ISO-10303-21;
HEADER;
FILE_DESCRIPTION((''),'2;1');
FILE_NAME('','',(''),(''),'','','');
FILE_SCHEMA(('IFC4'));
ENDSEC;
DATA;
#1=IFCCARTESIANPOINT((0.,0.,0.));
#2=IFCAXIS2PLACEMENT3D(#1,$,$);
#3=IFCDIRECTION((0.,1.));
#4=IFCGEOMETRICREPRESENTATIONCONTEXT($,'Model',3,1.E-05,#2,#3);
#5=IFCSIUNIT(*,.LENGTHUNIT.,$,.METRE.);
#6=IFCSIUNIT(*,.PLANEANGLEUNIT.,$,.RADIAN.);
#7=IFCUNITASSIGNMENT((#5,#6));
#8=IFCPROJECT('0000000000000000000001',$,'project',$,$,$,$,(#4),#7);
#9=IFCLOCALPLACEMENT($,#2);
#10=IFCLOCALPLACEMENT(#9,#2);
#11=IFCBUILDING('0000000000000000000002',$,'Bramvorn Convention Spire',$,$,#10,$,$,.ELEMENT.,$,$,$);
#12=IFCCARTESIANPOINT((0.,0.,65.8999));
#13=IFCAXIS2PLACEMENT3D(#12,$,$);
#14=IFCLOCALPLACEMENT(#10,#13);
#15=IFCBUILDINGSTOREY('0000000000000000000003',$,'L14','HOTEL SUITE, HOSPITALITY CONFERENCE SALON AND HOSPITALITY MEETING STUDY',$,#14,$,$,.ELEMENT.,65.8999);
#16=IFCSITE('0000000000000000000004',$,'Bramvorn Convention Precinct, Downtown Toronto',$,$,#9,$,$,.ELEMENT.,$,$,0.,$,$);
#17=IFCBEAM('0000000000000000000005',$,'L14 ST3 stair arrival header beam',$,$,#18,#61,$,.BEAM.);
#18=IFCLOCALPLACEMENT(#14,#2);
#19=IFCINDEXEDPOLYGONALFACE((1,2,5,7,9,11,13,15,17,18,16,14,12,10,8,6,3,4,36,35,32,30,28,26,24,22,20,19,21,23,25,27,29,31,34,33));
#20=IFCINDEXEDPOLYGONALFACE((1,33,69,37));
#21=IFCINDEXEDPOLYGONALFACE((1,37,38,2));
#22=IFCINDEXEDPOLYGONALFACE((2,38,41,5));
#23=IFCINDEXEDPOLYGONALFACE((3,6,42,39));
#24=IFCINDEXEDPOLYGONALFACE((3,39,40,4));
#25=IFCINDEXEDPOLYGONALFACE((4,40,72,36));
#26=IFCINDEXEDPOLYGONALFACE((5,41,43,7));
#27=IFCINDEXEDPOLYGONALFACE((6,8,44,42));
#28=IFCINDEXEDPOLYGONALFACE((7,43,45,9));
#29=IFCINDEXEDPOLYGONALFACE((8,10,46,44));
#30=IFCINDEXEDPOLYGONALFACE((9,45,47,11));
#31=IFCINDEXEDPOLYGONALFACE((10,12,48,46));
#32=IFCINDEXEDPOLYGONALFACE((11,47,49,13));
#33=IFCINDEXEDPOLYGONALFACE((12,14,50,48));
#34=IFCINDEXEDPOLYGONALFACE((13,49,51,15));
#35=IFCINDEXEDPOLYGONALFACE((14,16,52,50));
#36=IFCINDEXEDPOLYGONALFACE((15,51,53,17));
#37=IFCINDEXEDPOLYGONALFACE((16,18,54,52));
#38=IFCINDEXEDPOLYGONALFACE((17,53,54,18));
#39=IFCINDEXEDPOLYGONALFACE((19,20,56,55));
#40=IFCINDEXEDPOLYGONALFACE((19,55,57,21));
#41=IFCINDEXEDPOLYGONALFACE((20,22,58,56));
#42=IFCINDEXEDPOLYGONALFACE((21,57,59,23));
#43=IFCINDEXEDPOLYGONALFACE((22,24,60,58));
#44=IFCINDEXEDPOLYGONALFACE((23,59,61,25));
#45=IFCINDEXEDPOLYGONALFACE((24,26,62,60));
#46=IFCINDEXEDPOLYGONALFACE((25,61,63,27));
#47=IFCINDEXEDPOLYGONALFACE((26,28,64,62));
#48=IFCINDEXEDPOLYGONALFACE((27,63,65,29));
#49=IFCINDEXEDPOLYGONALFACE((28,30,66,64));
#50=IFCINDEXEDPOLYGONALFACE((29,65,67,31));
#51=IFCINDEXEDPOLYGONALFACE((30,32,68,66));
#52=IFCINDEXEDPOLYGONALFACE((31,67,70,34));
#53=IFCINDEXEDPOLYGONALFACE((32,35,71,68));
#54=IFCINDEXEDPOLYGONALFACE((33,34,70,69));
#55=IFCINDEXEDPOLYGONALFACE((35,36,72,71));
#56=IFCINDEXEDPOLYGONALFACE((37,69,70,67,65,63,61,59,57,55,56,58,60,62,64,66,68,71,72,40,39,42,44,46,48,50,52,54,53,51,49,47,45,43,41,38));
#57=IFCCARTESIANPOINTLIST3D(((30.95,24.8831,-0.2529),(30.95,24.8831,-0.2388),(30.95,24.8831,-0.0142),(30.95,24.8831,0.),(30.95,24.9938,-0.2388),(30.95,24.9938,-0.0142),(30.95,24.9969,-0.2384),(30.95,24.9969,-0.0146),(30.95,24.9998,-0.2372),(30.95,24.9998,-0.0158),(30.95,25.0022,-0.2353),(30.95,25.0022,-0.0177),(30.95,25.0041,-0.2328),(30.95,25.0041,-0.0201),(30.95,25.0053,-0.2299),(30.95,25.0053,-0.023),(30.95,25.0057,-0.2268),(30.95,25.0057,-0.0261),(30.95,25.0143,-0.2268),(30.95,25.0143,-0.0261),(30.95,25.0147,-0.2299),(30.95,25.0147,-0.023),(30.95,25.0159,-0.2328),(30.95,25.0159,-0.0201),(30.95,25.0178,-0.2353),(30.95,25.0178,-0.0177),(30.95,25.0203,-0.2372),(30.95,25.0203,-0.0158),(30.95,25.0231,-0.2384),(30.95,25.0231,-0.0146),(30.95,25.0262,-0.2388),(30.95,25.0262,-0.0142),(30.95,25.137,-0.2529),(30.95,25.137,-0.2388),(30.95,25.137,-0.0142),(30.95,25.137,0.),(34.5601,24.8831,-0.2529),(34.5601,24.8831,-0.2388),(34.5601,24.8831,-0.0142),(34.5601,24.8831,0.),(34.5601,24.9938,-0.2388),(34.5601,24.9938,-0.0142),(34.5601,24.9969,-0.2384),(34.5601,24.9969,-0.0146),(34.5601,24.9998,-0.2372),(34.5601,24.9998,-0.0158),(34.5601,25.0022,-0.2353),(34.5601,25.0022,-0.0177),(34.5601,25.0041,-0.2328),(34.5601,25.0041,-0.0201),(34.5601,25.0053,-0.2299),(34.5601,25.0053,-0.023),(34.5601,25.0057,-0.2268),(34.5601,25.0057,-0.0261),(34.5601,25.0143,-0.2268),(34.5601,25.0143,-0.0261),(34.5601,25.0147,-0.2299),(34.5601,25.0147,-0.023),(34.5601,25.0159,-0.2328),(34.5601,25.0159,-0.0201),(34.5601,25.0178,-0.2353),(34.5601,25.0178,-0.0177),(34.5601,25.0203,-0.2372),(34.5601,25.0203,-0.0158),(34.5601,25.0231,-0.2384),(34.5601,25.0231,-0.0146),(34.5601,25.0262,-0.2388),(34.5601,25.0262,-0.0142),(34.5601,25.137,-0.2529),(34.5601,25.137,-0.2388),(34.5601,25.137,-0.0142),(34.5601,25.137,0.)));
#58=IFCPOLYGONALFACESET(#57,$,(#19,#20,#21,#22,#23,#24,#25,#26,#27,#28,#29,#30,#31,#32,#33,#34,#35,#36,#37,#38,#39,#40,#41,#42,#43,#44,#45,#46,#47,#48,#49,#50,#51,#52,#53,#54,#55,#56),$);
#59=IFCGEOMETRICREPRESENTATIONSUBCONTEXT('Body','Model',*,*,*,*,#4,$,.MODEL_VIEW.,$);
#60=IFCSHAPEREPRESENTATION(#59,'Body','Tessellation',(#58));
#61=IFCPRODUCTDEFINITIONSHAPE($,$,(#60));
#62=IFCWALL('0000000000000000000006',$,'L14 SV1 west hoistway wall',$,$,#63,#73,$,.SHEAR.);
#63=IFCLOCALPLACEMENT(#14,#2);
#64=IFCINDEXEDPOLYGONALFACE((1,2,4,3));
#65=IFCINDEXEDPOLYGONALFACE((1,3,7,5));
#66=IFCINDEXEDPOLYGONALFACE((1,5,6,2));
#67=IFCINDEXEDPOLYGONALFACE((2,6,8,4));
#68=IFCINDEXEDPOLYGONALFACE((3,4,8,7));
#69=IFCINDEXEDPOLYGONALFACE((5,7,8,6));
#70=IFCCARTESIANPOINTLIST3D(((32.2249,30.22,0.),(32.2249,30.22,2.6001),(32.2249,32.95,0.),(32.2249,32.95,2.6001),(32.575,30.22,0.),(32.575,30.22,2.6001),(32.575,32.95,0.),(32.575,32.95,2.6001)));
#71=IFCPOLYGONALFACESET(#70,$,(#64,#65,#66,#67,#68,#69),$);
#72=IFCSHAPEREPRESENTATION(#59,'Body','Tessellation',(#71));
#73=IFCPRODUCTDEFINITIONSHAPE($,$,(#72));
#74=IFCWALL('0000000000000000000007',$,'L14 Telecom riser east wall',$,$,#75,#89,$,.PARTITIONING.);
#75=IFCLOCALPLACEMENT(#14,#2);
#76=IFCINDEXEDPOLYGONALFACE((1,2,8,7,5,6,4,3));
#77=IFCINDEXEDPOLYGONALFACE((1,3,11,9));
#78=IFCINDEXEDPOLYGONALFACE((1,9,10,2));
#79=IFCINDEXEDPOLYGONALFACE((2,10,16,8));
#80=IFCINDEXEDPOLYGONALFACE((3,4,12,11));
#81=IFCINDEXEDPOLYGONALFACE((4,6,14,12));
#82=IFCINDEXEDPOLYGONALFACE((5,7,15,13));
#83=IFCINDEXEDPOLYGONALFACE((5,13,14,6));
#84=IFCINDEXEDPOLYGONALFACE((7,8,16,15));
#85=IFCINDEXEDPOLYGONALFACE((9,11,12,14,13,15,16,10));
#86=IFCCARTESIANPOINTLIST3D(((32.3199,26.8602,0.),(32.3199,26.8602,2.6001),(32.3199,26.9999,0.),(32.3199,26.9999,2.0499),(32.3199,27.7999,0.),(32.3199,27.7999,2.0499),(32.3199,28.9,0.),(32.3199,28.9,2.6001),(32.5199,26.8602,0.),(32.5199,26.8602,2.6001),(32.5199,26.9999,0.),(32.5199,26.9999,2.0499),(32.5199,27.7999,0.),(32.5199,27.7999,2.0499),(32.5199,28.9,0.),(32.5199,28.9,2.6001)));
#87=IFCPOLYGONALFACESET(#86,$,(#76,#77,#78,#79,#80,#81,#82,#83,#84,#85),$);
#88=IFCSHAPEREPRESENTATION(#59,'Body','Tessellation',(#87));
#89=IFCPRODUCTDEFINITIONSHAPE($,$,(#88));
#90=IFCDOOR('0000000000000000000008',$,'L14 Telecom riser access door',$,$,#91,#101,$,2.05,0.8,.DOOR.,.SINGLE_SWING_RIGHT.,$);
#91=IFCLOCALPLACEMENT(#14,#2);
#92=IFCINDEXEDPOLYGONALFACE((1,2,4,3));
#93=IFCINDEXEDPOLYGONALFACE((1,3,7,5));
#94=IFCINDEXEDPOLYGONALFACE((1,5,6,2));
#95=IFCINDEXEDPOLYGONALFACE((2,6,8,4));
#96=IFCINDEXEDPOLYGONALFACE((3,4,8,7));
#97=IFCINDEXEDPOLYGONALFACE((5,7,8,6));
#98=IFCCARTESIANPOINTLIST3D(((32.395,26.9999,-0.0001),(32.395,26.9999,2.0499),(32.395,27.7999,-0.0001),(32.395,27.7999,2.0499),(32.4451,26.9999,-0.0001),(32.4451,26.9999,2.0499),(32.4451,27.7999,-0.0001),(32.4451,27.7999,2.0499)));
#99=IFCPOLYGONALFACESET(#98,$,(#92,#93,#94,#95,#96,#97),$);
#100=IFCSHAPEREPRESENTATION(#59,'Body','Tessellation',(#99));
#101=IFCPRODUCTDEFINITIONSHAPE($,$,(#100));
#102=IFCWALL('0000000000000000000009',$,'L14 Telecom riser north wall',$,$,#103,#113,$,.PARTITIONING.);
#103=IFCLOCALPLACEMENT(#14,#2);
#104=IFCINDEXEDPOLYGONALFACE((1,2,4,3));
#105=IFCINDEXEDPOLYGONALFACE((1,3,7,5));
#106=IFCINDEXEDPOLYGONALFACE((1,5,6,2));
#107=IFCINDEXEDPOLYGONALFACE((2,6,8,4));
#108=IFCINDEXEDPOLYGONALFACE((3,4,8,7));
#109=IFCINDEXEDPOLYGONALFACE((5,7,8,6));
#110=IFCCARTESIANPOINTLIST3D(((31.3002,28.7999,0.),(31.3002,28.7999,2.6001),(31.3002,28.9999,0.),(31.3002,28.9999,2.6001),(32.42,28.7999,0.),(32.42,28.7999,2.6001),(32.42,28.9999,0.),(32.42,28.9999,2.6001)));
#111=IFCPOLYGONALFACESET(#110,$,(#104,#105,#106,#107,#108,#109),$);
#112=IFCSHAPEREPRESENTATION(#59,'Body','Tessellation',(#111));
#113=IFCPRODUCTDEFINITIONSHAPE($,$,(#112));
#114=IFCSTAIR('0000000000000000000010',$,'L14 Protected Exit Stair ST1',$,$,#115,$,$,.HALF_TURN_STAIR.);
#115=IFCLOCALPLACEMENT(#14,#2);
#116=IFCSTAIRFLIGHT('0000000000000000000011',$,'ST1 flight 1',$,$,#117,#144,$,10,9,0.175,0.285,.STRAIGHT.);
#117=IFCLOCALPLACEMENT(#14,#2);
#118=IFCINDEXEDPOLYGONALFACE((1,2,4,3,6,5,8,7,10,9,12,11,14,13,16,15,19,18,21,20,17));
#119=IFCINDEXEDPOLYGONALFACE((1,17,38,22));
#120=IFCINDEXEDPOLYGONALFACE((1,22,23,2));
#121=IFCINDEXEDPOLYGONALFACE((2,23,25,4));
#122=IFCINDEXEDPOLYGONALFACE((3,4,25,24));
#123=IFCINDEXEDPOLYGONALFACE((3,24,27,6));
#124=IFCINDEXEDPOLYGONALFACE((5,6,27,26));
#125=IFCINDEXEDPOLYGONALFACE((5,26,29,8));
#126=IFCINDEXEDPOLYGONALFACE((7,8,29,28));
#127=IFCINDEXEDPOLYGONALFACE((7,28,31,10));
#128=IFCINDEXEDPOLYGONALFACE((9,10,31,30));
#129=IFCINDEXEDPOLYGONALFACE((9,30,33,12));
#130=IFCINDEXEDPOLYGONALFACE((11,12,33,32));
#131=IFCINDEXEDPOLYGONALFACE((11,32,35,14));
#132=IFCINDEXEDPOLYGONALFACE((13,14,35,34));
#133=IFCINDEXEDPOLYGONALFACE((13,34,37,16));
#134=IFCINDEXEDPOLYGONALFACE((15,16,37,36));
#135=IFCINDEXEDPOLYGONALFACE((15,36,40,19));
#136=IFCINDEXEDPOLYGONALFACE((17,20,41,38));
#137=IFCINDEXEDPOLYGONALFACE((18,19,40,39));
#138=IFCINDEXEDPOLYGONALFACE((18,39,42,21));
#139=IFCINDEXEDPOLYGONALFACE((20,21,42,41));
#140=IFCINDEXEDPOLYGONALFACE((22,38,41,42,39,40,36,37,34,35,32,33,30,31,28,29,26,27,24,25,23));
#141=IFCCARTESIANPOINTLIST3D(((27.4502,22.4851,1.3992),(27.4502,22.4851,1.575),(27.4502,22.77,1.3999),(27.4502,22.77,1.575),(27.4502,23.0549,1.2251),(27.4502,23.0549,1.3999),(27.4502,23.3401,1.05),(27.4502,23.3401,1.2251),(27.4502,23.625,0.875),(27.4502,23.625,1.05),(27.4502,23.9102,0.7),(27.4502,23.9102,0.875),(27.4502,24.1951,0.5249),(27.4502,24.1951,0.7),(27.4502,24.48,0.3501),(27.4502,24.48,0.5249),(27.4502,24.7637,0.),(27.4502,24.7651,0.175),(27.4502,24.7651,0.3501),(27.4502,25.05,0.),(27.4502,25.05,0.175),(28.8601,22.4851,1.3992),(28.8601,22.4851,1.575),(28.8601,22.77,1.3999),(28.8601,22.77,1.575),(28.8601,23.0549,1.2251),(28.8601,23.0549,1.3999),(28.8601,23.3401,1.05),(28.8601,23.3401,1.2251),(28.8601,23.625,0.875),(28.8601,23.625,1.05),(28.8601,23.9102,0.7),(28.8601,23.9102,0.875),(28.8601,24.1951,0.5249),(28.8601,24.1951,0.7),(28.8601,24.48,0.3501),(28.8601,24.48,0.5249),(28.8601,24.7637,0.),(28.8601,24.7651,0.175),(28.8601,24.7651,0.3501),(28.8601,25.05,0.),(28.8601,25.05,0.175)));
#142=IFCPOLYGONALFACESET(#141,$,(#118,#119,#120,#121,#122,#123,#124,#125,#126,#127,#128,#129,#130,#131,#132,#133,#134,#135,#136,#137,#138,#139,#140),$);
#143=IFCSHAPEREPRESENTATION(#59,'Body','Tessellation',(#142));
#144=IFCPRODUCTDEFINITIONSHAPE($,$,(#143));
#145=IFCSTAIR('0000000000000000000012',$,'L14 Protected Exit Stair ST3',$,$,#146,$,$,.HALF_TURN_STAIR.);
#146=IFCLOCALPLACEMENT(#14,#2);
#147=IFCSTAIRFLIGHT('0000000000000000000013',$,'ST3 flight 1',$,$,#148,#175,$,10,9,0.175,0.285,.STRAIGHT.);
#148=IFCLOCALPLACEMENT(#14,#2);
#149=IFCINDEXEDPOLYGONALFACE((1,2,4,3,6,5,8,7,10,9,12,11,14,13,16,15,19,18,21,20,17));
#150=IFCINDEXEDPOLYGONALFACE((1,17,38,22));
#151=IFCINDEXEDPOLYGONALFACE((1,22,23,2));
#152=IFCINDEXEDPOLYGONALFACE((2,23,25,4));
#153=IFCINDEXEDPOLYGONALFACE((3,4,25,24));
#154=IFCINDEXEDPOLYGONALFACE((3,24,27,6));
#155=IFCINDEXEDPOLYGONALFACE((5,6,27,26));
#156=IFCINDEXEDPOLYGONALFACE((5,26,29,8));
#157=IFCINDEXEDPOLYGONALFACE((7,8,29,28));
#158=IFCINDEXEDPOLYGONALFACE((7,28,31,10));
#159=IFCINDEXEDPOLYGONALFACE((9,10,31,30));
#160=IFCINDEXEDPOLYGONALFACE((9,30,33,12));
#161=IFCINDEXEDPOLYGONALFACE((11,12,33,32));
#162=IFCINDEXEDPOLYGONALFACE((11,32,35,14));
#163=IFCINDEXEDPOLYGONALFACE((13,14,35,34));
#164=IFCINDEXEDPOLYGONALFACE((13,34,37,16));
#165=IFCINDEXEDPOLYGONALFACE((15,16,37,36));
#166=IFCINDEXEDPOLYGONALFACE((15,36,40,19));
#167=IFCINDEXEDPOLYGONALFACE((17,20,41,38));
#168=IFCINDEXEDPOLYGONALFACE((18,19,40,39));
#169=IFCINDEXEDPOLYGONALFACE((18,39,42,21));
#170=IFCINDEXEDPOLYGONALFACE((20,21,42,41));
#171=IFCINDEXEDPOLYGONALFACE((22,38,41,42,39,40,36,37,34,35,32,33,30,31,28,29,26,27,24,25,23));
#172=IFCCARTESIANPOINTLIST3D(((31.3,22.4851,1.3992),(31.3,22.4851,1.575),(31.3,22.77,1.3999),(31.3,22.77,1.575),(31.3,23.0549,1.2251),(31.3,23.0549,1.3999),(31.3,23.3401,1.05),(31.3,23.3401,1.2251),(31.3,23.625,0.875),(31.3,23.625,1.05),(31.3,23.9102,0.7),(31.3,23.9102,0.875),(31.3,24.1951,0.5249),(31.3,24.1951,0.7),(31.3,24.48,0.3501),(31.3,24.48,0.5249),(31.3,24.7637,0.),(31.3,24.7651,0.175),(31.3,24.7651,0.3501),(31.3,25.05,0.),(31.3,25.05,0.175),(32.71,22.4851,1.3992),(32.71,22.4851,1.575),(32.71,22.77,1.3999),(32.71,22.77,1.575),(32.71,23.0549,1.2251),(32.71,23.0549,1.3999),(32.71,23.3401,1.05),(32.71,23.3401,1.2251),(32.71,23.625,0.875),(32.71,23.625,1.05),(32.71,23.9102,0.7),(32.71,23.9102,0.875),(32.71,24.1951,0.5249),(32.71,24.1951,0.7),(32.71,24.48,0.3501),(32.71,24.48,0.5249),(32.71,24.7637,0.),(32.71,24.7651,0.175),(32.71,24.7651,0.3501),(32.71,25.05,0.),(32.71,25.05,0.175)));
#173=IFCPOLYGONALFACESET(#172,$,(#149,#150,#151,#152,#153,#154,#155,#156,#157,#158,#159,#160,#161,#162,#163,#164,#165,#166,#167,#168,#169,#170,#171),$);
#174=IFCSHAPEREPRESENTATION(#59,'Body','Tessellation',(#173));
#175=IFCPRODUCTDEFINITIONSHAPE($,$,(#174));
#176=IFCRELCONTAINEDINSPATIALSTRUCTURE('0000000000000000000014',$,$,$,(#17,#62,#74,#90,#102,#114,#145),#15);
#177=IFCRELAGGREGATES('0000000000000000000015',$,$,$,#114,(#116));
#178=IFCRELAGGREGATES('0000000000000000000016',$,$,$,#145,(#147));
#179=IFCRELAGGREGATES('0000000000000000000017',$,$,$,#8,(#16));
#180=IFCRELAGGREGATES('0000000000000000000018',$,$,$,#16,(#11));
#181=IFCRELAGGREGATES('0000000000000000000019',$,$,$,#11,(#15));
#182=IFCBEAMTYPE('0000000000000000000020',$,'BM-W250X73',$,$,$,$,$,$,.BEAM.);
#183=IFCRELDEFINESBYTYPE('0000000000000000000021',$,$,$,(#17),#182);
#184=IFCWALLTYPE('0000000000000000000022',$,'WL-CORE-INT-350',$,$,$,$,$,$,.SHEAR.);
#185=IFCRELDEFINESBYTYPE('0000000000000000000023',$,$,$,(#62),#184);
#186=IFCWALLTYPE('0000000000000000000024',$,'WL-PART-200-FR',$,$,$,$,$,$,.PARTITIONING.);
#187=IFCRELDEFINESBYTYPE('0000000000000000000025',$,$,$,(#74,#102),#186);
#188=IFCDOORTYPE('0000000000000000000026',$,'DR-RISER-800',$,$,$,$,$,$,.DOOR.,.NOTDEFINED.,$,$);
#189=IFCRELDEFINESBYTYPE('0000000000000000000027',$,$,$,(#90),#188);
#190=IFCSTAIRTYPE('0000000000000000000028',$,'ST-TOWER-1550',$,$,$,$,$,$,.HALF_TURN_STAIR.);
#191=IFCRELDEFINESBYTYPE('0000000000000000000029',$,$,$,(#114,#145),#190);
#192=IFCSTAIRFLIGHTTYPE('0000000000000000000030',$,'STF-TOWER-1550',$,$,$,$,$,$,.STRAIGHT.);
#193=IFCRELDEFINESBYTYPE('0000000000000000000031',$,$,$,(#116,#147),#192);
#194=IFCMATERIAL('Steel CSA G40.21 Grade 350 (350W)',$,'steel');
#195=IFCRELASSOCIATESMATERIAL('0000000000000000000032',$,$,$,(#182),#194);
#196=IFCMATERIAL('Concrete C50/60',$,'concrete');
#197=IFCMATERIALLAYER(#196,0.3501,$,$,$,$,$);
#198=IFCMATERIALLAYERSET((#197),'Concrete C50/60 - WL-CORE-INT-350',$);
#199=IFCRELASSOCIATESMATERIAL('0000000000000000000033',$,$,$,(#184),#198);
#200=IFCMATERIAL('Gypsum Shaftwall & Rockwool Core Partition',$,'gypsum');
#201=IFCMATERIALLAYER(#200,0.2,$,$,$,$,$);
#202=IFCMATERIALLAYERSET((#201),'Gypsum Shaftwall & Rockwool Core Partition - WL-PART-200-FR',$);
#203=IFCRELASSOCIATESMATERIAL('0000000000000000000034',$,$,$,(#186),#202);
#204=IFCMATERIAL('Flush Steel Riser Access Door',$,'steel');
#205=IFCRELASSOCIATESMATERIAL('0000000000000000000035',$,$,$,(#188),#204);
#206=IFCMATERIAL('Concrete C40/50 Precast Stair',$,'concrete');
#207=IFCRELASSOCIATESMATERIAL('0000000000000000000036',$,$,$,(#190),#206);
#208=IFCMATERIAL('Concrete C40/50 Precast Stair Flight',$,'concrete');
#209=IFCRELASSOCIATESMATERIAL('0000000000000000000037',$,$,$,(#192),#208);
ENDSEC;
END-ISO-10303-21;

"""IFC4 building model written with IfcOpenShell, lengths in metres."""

from ifc_helpers import new_model, si_unit, direction, frame, frame_2d, origin, origin_2d, place, context, subcontext, project, spatial, polyline, rectangle, i_section, outline, extrude, material, layer, layer_set, material_profile, profile_set, type_object, element, fill, aggregate, save


model = new_model("IFC4")

# Units and contexts
model_context = context("Model", 3, precision=1e-05, world=origin(), true_north=direction((0.0, 1.0)))
body_context = subcontext(model_context, "Body", "Model", "MODEL_VIEW")
ifc_project = project(units=[si_unit("LENGTHUNIT", "METRE"), si_unit("PLANEANGLEUNIT", "RADIAN")], contexts=[model_context])

# Site, building, storey
site_placement = place(None, origin())
site = spatial("IfcSite", under=ifc_project, at=site_placement, Name="Bramvorn Convention Precinct, Downtown Toronto", CompositionType="ELEMENT", RefElevation=0.0)
building_placement = place(site_placement, origin())
building = spatial("IfcBuilding", under=site, at=building_placement, Name="Bramvorn Convention Spire", CompositionType="ELEMENT")
storey_placement = place(building_placement, frame((0.0, 0.0, 65.8999)))
storey = spatial("IfcBuildingStorey", under=building, at=storey_placement, Name="L14", Description="HOTEL SUITE, HOSPITALITY CONFERENCE SALON AND HOSPITALITY MEETING STUDY", CompositionType="ELEMENT", Elevation=65.8999)

# Beam
ifc_material_1 = material(Name="Steel CSA G40.21 Grade 350 (350W)", Category="steel")
ifc_material_profile = material_profile(ifc_material_1, i_section(OverallWidth=0.2539, OverallDepth=0.2529, WebThickness=0.0085, FlangeThickness=0.0142, FilletRadius=0.012, at=origin_2d()))
ifc_profile_set = profile_set([ifc_material_profile], Name="Steel CSA G40.21 Grade 350 (350W) - W250X73")
beam_type = type_object("IfcBeamType", Name="BM-W250X73", PredefinedType="BEAM", material=ifc_profile_set)
beam_placement = place(storey_placement, frame((30.95, 25.01, -0.1265), z_axis=(1.0, 0.0, 0.0), x_axis=(0.0, 1.0, 0.0)))
element("IfcBeam", 1, at=beam_placement, inside=storey, type_object=beam_type, Name="L14 ST3 stair arrival header beam", PredefinedType="BEAM", context=body_context, shape_type="SweptSolid", body=[
    extrude(i_section(OverallWidth=0.2539, OverallDepth=0.2529, WebThickness=0.0085, FlangeThickness=0.0142, FilletRadius=0.012, at=origin_2d()), origin(), (0.0, 0.0, 1.0), 3.6101),
])

# Shared definitions
ifc_material_2 = material(Name="Concrete C50/60", Category="concrete")
ifc_layer_1 = layer(ifc_material_2, 0.3501)
ifc_layer_set_1 = layer_set([ifc_layer_1], Name="Concrete C50/60 - WL-CORE-INT-350")
wall_type_1 = type_object("IfcWallType", Name="WL-CORE-INT-350", PredefinedType="SHEAR", material=ifc_layer_set_1)

# Wall
wall_1_placement = place(storey_placement, frame((32.3999, 30.22, 0.0), z_axis=(0.0, 0.0, 1.0), x_axis=(0.0, 1.0, 0.0)))
element("IfcWall", 2, at=wall_1_placement, inside=storey, type_object=wall_type_1, Name="L14 SV1 west hoistway wall", PredefinedType="SHEAR", context=body_context, shape_type="SweptSolid", body=[
    extrude(rectangle(XDim=2.73, YDim=0.3501, at=frame_2d((1.365, 0.0))), origin(), (0.0, 0.0, 1.0), 2.6001),
])

# Wall, opening, door
ifc_material_3 = material(Name="Gypsum Shaftwall & Rockwool Core Partition", Category="gypsum")
ifc_layer_2 = layer(ifc_material_3, 0.2)
ifc_layer_set_2 = layer_set([ifc_layer_2], Name="Gypsum Shaftwall & Rockwool Core Partition - WL-PART-200-FR")
wall_type_2 = type_object("IfcWallType", Name="WL-PART-200-FR", PredefinedType="PARTITIONING", material=ifc_layer_set_2)
wall_2_placement = place(storey_placement, frame((32.4199, 26.8601, 0.0), z_axis=(0.0, 0.0, 1.0), x_axis=(0.0, 1.0, 0.0)))
wall_2 = element("IfcWall", 3, at=wall_2_placement, inside=storey, type_object=wall_type_2, Name="L14 Telecom riser east wall", PredefinedType="PARTITIONING", context=body_context, shape_type="SweptSolid", body=[
    extrude(rectangle(XDim=2.0398, YDim=0.2, at=frame_2d((1.02, 0.0))), origin(), (0.0, 0.0, 1.0), 2.6001),
])
opening_1_placement = place(wall_2_placement, frame((0.1399, 0.0, 0.0)))
opening_1 = element("IfcOpeningElement", 4, at=opening_1_placement, cuts=wall_2, PredefinedType="OPENING", context=body_context, shape_type="SweptSolid", body=[
    extrude(rectangle(XDim=0.8, YDim=2.05, at=frame_2d((0.3999, 1.0249))), frame((0.0, 0.1099, 0.0), z_axis=(0.0, -1.0, 0.0), x_axis=(1.0, 0.0, 0.0)), (0.0, 0.0, 1.0), 0.22),
])
ifc_material_4 = material(Name="Flush Steel Riser Access Door", Category="steel")
door_type_1 = type_object("IfcDoorType", Name="DR-RISER-800", OperationType="NOTDEFINED", PredefinedType="DOOR", material=ifc_material_4)
door_1_placement = place(opening_1_placement, origin())
door_1 = element("IfcDoor", 5, at=door_1_placement, inside=storey, type_object=door_type_1, Name="L14 Telecom riser access door", OperationType="SINGLE_SWING_RIGHT", OverallHeight=2.05, OverallWidth=0.8, PredefinedType="DOOR", context=body_context, shape_type="SweptSolid", body=[
    extrude(rectangle(XDim=0.8, YDim=2.05, at=frame_2d((0.3999, 1.0249))), frame((0.0, 0.0249, 0.0), z_axis=(0.0, -1.0, 0.0), x_axis=(1.0, 0.0, 0.0)), (0.0, 0.0, 1.0), 0.05),
])
fill(opening_1, door_1)

# Wall
wall_3_placement = place(storey_placement, frame((31.3, 28.8999, 0.0), z_axis=(0.0, 0.0, 1.0), x_axis=(1.0, 0.0, 0.0)))
element("IfcWall", 6, at=wall_3_placement, inside=storey, type_object=wall_type_2, Name="L14 Telecom riser north wall", PredefinedType="PARTITIONING", context=body_context, shape_type="SweptSolid", body=[
    extrude(rectangle(XDim=1.1199, YDim=0.2, at=frame_2d((0.5601, 0.0))), origin(), (0.0, 0.0, 1.0), 2.6001),
])

# Stairs, stair flights
ifc_material_5 = material(Name="Concrete C40/50 Precast Stair", Category="concrete")
stair_type = type_object("IfcStairType", Name="ST-TOWER-1550", PredefinedType="HALF_TURN_STAIR", material=ifc_material_5)
stair_1_placement = place(storey_placement, origin())
stair_1 = element("IfcStair", 7, at=stair_1_placement, inside=storey, type_object=stair_type, Name="L14 Protected Exit Stair ST1", PredefinedType="HALF_TURN_STAIR")
ifc_material_6 = material(Name="Concrete C40/50 Precast Stair Flight", Category="concrete")
stair_flight_type = type_object("IfcStairFlightType", Name="STF-TOWER-1550", PredefinedType="STRAIGHT", material=ifc_material_6)
stair_flight_1_placement = place(storey_placement, frame((28.155, 25.05, 0.0), z_axis=(0.0, 0.0, 1.0), x_axis=(0.0, -1.0, 0.0)))
stair_flight_1 = element("IfcStairFlight", 8, at=stair_flight_1_placement, type_object=stair_flight_type, Name="ST1 flight 1", NumberOfRisers=10, NumberOfTreads=9, PredefinedType="STRAIGHT", RiserHeight=0.175, TreadLength=0.285, context=body_context, shape_type="SweptSolid", body=[
    extrude(outline(polyline([(0.0, 0.0), (0.0, 0.175), (0.2849, 0.175), (0.2849, 0.3501), (0.5701, 0.3501), (0.5701, 0.5249), (0.855, 0.5249), (0.855, 0.7), (1.1399, 0.7), (1.1399, 0.875), (1.425, 0.875), (1.425, 1.05), (1.71, 1.05), (1.71, 1.2251), (1.9951, 1.2251), (1.9951, 1.3999), (2.28, 1.3999), (2.28, 1.575), (2.5649, 1.575), (2.5649, 1.75), (2.5649, 1.3992), (0.2864, 0.0), (0.0, 0.0)])), frame((0.0, 0.7051, 0.0), z_axis=(0.0, -1.0, 0.0), x_axis=(1.0, 0.0, 0.0)), (0.0, 0.0, 1.0), 1.4099),
])
aggregate(stair_1, [stair_flight_1])
stair_2_placement = place(storey_placement, origin())
stair_2 = element("IfcStair", 9, at=stair_2_placement, inside=storey, type_object=stair_type, Name="L14 Protected Exit Stair ST3", PredefinedType="HALF_TURN_STAIR")
stair_flight_2_placement = place(storey_placement, frame((32.0049, 25.05, 0.0), z_axis=(0.0, 0.0, 1.0), x_axis=(0.0, -1.0, 0.0)))
stair_flight_2 = element("IfcStairFlight", 10, at=stair_flight_2_placement, type_object=stair_flight_type, Name="ST3 flight 1", NumberOfRisers=10, NumberOfTreads=9, PredefinedType="STRAIGHT", RiserHeight=0.175, TreadLength=0.285, context=body_context, shape_type="SweptSolid", body=[
    extrude(outline(polyline([(0.0, 0.0), (0.0, 0.175), (0.2849, 0.175), (0.2849, 0.3501), (0.5701, 0.3501), (0.5701, 0.5249), (0.855, 0.5249), (0.855, 0.7), (1.1399, 0.7), (1.1399, 0.875), (1.425, 0.875), (1.425, 1.05), (1.71, 1.05), (1.71, 1.2251), (1.9951, 1.2251), (1.9951, 1.3999), (2.28, 1.3999), (2.28, 1.575), (2.5649, 1.575), (2.5649, 1.75), (2.5649, 1.3992), (0.2864, 0.0), (0.0, 0.0)])), frame((0.0, 0.7051, 0.0), z_axis=(0.0, -1.0, 0.0), x_axis=(1.0, 0.0, 0.0)), (0.0, 0.0, 1.0), 1.4099),
])
aggregate(stair_2, [stair_flight_2])

save(model, "model.ifc")
